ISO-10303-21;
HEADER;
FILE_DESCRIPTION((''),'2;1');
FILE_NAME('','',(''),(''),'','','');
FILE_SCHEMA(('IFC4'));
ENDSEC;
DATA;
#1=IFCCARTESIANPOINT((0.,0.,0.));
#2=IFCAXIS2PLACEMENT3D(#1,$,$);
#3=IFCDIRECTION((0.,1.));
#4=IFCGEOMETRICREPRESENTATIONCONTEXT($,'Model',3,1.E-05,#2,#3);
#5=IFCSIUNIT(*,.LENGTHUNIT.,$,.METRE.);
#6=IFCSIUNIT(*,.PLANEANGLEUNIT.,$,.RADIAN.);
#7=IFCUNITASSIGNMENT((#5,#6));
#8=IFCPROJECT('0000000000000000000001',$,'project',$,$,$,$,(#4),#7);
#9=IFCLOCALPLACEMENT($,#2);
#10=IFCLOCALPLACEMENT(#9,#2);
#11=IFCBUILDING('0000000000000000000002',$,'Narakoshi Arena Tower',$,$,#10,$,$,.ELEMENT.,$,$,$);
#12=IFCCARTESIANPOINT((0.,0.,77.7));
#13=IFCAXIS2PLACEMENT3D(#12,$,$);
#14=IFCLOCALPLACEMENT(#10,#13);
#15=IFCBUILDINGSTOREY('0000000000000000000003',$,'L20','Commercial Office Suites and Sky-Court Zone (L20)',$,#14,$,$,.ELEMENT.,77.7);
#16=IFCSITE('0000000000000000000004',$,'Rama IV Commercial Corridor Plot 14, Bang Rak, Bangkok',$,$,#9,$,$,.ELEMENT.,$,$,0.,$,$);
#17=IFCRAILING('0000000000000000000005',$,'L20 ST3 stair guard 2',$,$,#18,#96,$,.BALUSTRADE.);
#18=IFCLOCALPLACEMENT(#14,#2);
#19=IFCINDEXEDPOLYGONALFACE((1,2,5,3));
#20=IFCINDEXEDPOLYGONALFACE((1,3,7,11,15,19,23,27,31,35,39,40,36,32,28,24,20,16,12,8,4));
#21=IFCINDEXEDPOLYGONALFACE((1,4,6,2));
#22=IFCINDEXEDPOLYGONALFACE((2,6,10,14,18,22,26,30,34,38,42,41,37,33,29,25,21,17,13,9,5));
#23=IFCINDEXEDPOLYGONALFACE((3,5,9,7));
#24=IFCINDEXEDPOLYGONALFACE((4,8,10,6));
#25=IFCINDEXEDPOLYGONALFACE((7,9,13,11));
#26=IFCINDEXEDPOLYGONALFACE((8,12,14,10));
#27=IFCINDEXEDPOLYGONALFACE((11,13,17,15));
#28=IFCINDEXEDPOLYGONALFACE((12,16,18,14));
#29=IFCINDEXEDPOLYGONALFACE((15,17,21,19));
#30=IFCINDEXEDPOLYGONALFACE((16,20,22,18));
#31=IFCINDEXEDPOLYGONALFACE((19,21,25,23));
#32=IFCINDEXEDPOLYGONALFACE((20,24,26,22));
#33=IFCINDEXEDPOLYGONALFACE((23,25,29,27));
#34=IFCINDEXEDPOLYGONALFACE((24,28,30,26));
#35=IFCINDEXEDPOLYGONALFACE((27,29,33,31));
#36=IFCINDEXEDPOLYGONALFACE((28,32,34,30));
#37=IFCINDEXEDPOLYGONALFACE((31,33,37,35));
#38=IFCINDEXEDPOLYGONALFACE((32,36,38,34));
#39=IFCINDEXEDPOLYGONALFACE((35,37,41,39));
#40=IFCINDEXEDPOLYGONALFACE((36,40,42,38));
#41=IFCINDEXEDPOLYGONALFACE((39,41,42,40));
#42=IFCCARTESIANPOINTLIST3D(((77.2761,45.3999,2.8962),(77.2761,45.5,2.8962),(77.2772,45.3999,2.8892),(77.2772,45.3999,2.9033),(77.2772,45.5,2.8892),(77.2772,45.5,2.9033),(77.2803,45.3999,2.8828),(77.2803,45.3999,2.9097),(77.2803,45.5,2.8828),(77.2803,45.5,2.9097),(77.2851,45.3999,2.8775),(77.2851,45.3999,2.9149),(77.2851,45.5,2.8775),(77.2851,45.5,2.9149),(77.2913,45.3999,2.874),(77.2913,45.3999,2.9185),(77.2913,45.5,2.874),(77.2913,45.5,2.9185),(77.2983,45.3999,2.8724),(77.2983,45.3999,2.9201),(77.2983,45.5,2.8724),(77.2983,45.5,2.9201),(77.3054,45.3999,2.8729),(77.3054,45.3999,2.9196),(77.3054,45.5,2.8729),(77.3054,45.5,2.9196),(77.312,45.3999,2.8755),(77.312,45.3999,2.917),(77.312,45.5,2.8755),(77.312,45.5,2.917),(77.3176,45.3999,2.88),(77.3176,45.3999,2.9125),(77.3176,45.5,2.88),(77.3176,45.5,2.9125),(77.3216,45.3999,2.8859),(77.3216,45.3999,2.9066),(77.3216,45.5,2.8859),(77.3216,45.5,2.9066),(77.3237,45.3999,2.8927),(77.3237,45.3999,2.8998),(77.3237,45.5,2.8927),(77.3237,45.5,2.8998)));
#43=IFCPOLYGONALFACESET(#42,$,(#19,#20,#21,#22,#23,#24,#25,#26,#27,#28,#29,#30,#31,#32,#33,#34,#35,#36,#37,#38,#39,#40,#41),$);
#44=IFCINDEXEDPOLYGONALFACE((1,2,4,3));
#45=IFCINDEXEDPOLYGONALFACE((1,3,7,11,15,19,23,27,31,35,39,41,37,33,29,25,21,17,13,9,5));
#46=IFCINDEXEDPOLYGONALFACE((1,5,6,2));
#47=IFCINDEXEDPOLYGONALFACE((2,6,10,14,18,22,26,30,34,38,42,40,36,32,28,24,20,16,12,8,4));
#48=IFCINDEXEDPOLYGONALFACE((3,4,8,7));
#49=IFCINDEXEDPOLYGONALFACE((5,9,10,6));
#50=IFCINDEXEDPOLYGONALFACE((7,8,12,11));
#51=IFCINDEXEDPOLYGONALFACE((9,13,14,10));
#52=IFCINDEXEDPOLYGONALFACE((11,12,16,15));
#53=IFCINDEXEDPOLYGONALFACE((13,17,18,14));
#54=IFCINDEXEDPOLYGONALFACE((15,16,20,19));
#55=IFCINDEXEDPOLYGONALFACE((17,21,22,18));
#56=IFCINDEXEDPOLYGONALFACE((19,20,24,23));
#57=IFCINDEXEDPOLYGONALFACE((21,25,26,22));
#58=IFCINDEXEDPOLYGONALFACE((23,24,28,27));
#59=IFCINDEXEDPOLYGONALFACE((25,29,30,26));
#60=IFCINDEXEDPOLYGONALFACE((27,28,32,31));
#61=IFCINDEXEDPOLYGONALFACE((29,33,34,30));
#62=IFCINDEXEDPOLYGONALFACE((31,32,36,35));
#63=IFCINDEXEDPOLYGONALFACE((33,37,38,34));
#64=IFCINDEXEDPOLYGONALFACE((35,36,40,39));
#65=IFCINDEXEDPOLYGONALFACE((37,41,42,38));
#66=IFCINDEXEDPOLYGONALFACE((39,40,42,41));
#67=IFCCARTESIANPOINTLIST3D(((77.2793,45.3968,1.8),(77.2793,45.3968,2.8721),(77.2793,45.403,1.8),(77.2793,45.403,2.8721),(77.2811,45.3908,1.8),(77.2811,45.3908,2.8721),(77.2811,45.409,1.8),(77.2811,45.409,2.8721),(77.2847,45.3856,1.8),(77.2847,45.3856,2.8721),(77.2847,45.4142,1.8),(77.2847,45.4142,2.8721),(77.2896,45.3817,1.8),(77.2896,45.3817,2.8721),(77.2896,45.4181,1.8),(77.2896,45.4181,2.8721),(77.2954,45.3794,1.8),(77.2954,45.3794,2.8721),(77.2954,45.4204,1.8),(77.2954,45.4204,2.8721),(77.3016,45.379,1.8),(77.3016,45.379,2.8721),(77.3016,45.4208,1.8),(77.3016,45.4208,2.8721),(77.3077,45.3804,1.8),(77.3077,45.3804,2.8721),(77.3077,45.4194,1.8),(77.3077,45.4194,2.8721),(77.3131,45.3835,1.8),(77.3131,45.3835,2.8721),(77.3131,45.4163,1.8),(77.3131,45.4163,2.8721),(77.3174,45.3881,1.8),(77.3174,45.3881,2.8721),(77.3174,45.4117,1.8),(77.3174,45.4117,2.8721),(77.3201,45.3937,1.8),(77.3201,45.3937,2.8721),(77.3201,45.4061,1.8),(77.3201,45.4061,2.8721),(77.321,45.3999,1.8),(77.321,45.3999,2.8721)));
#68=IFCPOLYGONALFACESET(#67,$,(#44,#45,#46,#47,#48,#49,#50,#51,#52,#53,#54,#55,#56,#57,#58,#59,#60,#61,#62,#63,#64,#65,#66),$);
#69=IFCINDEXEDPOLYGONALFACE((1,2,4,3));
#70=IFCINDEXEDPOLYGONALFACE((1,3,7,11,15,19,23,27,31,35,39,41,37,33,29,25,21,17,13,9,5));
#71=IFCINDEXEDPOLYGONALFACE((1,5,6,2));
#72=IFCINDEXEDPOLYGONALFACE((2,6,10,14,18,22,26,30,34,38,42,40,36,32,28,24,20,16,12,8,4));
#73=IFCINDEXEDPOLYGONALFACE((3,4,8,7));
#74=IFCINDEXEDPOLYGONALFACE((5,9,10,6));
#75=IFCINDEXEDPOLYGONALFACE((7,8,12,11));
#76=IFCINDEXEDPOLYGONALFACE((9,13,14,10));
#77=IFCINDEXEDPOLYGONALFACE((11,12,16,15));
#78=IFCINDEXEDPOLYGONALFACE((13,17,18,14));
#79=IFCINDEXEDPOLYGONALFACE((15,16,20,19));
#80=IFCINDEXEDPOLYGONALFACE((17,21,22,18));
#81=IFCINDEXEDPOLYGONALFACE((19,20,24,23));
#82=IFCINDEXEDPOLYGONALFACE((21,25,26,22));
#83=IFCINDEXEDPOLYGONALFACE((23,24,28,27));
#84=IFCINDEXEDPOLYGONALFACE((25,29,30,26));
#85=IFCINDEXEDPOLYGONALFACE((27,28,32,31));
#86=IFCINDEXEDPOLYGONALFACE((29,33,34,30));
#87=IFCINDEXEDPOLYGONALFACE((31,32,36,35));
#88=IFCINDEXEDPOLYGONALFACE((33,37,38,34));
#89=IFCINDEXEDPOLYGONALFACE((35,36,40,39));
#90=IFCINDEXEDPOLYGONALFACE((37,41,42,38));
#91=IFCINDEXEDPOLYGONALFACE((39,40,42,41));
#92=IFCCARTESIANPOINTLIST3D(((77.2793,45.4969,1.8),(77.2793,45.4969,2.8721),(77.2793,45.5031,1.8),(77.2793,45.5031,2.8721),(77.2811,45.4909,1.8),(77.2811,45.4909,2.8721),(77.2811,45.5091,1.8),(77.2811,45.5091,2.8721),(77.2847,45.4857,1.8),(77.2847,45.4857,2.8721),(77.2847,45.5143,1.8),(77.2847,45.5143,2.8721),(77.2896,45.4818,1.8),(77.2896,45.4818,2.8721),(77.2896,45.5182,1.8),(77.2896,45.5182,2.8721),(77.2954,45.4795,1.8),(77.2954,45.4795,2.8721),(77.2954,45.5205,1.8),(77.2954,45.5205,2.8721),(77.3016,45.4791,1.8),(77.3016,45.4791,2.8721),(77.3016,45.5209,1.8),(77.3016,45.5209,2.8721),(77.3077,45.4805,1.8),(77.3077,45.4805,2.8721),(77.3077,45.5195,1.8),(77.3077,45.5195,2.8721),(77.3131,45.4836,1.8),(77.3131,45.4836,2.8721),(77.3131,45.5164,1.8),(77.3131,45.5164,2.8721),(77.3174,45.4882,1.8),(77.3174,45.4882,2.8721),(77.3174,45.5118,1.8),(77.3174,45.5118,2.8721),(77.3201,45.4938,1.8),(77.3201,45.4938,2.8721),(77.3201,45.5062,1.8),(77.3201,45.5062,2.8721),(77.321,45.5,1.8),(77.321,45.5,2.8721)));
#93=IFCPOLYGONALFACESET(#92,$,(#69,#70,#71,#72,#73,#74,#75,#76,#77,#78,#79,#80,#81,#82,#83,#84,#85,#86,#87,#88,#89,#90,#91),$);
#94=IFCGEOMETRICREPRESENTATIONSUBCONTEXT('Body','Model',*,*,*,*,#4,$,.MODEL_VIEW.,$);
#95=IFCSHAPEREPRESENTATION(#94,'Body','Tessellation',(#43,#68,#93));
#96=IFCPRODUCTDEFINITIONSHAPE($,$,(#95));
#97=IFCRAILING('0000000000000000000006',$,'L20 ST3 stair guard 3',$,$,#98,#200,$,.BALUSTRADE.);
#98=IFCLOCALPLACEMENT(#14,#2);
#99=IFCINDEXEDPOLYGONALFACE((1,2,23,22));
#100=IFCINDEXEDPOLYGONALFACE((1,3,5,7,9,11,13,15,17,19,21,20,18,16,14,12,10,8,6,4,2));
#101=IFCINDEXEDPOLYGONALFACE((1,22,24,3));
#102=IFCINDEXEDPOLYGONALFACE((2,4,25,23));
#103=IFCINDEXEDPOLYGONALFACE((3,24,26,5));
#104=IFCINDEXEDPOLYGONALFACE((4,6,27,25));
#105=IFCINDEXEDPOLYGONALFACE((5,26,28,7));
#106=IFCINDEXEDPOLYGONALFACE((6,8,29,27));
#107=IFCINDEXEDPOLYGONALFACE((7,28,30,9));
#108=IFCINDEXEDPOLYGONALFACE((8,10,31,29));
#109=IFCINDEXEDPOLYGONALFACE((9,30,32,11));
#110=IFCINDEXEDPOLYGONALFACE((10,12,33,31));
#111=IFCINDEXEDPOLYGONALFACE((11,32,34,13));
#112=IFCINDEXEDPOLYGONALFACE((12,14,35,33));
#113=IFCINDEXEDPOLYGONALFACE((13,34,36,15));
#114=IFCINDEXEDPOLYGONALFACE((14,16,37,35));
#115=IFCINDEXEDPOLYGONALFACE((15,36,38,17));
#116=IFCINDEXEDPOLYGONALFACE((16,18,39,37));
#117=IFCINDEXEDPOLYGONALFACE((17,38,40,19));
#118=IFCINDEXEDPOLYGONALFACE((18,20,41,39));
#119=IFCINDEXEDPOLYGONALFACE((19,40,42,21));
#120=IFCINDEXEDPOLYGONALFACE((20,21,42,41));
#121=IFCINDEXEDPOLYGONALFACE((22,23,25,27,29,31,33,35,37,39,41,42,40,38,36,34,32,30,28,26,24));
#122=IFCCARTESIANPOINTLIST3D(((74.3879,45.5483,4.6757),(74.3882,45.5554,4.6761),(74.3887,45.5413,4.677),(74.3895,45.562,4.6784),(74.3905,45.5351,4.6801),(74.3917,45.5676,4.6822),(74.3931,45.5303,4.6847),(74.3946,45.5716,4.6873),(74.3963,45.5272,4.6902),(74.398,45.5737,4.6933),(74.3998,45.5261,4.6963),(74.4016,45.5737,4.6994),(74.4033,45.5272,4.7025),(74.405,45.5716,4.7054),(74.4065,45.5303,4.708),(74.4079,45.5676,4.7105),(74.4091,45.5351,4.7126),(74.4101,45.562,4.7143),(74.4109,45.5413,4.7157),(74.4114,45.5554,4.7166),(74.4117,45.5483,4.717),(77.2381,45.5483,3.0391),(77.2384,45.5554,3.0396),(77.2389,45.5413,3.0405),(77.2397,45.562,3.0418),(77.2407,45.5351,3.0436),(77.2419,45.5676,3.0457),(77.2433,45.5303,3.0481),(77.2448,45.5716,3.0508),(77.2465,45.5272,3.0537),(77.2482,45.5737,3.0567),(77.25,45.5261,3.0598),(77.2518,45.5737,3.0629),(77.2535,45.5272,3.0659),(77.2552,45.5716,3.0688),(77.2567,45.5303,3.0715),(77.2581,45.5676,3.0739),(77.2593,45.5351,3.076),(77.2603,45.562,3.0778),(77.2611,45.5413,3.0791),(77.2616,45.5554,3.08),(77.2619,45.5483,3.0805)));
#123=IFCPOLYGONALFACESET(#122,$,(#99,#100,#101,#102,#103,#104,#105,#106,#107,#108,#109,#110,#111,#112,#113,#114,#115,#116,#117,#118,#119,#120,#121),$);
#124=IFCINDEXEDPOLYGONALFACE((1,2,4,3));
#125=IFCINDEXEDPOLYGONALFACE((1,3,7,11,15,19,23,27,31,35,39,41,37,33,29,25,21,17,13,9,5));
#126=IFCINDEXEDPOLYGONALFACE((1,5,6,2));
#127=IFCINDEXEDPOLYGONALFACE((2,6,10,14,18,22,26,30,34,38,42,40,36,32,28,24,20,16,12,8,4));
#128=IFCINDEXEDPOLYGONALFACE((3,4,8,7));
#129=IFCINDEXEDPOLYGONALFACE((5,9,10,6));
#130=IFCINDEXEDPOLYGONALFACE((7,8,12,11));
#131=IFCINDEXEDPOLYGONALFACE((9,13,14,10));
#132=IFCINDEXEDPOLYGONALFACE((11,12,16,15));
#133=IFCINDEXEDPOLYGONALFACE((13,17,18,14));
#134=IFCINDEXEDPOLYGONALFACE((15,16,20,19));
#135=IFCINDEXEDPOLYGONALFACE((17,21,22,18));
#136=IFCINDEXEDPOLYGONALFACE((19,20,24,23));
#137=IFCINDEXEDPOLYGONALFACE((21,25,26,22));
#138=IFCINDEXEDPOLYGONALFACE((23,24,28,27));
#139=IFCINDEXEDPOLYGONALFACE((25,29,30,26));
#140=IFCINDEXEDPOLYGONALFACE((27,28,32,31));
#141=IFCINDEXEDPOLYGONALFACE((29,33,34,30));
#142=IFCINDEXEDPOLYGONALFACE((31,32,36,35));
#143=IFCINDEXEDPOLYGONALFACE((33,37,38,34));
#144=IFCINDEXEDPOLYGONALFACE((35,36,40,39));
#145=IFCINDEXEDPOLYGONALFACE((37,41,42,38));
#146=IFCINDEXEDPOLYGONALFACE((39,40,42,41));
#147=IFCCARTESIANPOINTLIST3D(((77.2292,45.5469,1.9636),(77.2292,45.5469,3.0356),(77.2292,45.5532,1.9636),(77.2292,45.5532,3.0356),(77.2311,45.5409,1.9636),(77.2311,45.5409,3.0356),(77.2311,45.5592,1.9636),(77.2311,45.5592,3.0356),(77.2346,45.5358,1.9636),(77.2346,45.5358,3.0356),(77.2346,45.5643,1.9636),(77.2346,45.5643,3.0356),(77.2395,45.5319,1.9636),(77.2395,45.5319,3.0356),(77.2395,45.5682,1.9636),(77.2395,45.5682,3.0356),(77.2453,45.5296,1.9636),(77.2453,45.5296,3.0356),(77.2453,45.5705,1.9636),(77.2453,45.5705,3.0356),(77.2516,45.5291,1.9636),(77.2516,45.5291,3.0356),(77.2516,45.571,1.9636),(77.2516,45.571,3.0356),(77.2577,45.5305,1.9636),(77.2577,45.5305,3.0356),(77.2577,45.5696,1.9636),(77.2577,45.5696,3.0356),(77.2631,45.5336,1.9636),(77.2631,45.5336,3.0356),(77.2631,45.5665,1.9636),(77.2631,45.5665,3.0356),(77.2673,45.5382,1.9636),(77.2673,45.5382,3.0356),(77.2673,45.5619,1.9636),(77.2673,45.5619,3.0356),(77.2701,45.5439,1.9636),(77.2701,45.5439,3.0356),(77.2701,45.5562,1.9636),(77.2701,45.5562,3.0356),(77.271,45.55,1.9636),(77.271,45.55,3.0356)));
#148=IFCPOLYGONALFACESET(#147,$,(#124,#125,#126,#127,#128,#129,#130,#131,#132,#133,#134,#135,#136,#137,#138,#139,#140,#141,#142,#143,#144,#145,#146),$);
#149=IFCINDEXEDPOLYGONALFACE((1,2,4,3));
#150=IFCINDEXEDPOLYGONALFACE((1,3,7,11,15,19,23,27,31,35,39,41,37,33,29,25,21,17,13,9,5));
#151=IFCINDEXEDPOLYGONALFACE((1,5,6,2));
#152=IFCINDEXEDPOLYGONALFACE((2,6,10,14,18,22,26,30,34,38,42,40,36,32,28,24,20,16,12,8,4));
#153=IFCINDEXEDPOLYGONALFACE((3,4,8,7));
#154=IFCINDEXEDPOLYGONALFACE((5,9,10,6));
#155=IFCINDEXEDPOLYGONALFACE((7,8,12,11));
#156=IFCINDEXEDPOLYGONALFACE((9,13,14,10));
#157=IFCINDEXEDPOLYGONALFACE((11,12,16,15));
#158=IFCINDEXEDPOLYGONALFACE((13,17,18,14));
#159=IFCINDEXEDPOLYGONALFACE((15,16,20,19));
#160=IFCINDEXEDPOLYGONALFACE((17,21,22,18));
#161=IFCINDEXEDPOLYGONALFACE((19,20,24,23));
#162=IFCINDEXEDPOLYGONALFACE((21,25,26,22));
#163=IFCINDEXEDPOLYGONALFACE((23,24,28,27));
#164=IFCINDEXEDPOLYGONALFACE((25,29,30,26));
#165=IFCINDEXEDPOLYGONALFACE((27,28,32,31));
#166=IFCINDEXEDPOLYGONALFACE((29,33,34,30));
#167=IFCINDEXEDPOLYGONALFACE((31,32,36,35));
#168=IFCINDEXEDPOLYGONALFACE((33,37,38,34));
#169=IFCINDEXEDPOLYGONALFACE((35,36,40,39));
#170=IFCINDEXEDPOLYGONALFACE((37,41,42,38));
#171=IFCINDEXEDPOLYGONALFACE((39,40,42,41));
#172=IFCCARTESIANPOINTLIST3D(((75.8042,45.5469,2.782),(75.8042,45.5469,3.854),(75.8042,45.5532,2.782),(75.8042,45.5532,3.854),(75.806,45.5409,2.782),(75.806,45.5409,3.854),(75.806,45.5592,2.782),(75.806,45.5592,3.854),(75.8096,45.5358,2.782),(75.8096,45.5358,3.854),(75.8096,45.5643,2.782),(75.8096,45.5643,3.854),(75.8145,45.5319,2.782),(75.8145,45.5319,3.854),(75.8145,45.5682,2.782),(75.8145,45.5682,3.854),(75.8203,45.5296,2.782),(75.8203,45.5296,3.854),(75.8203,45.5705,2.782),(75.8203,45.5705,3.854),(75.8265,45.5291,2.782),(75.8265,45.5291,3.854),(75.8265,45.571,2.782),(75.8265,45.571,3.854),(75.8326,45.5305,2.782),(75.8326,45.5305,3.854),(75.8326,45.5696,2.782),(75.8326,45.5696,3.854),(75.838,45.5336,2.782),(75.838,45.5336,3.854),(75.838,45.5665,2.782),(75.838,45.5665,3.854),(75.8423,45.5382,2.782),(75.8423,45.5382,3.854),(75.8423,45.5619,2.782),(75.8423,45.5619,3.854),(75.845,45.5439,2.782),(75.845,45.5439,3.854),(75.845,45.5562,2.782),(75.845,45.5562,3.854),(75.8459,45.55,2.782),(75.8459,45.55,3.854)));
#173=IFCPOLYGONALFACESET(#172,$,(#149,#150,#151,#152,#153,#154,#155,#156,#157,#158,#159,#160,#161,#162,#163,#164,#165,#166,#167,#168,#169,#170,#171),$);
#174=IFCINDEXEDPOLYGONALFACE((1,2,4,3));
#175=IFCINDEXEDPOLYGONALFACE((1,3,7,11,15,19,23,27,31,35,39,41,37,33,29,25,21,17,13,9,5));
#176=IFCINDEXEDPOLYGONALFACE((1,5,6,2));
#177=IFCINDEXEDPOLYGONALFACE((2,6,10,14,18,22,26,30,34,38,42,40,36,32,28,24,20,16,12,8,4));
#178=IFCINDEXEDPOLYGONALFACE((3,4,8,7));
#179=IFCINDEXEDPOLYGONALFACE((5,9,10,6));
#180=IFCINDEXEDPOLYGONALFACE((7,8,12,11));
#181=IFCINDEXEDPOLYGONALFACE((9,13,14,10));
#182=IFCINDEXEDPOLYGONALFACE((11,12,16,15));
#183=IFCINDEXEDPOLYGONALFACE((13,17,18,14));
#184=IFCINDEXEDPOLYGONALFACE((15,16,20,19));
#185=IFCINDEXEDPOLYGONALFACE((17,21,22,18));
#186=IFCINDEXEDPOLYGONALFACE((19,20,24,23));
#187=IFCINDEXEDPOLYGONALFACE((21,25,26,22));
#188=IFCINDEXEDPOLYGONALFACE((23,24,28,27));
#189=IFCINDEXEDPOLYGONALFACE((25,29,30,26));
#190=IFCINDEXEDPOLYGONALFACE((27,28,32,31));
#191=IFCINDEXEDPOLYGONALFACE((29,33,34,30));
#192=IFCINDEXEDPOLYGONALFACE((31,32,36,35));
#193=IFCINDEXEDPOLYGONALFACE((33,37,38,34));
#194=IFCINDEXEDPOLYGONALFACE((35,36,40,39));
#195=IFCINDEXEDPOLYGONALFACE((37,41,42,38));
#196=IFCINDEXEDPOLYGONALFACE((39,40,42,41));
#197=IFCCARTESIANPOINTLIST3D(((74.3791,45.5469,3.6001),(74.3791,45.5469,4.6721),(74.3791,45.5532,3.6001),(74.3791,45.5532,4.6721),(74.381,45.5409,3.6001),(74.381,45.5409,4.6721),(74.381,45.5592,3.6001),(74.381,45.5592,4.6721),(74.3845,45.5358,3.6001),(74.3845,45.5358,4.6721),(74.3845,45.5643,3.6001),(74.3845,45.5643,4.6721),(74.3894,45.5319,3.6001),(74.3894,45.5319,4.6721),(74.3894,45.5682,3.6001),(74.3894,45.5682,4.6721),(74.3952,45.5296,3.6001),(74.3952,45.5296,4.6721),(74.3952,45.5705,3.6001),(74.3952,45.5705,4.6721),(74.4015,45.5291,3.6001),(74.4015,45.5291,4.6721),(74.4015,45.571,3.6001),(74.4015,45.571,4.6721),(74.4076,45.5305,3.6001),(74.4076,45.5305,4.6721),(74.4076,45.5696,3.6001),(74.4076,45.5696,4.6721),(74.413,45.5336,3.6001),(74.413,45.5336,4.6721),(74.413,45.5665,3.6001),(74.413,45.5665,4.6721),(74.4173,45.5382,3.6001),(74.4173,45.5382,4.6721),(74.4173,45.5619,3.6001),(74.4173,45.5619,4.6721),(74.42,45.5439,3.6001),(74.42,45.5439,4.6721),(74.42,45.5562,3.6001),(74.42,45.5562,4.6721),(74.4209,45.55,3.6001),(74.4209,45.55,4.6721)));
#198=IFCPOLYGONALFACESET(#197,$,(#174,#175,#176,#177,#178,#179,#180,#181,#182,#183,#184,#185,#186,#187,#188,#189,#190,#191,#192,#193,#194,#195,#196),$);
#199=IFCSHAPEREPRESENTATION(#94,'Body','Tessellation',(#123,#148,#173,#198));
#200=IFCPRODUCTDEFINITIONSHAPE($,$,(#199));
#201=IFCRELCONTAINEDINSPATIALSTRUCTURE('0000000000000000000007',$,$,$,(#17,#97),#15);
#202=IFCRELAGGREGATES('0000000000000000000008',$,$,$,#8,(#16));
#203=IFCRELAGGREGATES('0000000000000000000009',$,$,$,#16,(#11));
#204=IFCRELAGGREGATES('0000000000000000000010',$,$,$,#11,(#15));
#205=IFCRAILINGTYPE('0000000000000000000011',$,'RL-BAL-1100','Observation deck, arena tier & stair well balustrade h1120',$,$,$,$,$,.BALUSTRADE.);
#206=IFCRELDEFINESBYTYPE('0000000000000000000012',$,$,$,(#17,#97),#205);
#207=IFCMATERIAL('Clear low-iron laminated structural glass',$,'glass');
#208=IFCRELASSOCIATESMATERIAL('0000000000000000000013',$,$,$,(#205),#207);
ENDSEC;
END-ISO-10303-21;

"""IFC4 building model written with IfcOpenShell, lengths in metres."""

from ifc_helpers import new_model, si_unit, direction, frame, origin, origin_2d, place, context, subcontext, project, spatial, circle, extrude, material, type_object, element, save


model = new_model("IFC4")

# Units and contexts
model_context = context("Model", 3, precision=1e-05, world=origin(), true_north=direction((0.0, 1.0)))
body_context = subcontext(model_context, "Body", "Model", "MODEL_VIEW")
ifc_project = project(units=[si_unit("LENGTHUNIT", "METRE"), si_unit("PLANEANGLEUNIT", "RADIAN")], contexts=[model_context])

# Site, building, storey
site_placement = place(None, origin())
site = spatial("IfcSite", under=ifc_project, at=site_placement, Name="Rama IV Commercial Corridor Plot 14, Bang Rak, Bangkok", CompositionType="ELEMENT", RefElevation=0.0)
building_placement = place(site_placement, origin())
building = spatial("IfcBuilding", under=site, at=building_placement, Name="Narakoshi Arena Tower", CompositionType="ELEMENT")
storey_placement = place(building_placement, frame((0.0, 0.0, 77.7)))
storey = spatial("IfcBuildingStorey", under=building, at=storey_placement, Name="L20", Description="Commercial Office Suites and Sky-Court Zone (L20)", CompositionType="ELEMENT", Elevation=77.7)

# Railings
ifc_material_1 = material(Name="Clear low-iron laminated structural glass", Category="glass")
railing_type_1 = type_object("IfcRailingType", Name="RL-BAL-1100", Description="Observation deck, arena tier & stair well balustrade h1120", PredefinedType="BALUSTRADE", material=ifc_material_1)
railing_1_placement = place(storey_placement, frame((77.3, 45.3999, 1.8)))
element("IfcRailing", 1, at=railing_1_placement, inside=storey, type_object=railing_type_1, Name="L20 ST3 stair guard 2", PredefinedType="BALUSTRADE", context=body_context, shape_type="SweptSolid", body=[
    extrude(circle(Radius=0.0239, at=origin_2d()), frame((0.0, 0.0, 1.0962), z_axis=(0.0, 1.0, 0.0), x_axis=(-1.0, 0.0, 0.0)), (0.0, 0.0, 1.0), 0.1001),
    extrude(circle(Radius=0.021, at=origin_2d()), origin(), (0.0, 0.0, 1.0), 1.072),
    extrude(circle(Radius=0.021, at=origin_2d()), frame((0.0, 0.1001, 0.0)), (0.0, 0.0, 1.0), 1.072),
])
railing_2_placement = place(storey_placement, frame((77.25, 45.55, 1.9636)))
element("IfcRailing", 2, at=railing_2_placement, inside=storey, type_object=railing_type_1, Name="L20 ST3 stair guard 3", PredefinedType="BALUSTRADE", context=body_context, shape_type="SweptSolid", body=[
    extrude(circle(Radius=0.0239, at=origin_2d()), frame((0.0, 0.0, 1.0962), z_axis=(-0.867213, 0.0, 0.497938), x_axis=(0.0, -1.0, 0.0)), (0.0, 0.0, 1.0), 3.2866),
    extrude(circle(Radius=0.021, at=origin_2d()), origin(), (0.0, 0.0, 1.0), 1.072),
    extrude(circle(Radius=0.021, at=origin_2d()), frame((-1.425, 0.0, 0.8184)), (0.0, 0.0, 1.0), 1.072),
    extrude(circle(Radius=0.021, at=origin_2d()), frame((-2.8501, 0.0, 1.6365)), (0.0, 0.0, 1.0), 1.072),
])

save(model, "model.ifc")
